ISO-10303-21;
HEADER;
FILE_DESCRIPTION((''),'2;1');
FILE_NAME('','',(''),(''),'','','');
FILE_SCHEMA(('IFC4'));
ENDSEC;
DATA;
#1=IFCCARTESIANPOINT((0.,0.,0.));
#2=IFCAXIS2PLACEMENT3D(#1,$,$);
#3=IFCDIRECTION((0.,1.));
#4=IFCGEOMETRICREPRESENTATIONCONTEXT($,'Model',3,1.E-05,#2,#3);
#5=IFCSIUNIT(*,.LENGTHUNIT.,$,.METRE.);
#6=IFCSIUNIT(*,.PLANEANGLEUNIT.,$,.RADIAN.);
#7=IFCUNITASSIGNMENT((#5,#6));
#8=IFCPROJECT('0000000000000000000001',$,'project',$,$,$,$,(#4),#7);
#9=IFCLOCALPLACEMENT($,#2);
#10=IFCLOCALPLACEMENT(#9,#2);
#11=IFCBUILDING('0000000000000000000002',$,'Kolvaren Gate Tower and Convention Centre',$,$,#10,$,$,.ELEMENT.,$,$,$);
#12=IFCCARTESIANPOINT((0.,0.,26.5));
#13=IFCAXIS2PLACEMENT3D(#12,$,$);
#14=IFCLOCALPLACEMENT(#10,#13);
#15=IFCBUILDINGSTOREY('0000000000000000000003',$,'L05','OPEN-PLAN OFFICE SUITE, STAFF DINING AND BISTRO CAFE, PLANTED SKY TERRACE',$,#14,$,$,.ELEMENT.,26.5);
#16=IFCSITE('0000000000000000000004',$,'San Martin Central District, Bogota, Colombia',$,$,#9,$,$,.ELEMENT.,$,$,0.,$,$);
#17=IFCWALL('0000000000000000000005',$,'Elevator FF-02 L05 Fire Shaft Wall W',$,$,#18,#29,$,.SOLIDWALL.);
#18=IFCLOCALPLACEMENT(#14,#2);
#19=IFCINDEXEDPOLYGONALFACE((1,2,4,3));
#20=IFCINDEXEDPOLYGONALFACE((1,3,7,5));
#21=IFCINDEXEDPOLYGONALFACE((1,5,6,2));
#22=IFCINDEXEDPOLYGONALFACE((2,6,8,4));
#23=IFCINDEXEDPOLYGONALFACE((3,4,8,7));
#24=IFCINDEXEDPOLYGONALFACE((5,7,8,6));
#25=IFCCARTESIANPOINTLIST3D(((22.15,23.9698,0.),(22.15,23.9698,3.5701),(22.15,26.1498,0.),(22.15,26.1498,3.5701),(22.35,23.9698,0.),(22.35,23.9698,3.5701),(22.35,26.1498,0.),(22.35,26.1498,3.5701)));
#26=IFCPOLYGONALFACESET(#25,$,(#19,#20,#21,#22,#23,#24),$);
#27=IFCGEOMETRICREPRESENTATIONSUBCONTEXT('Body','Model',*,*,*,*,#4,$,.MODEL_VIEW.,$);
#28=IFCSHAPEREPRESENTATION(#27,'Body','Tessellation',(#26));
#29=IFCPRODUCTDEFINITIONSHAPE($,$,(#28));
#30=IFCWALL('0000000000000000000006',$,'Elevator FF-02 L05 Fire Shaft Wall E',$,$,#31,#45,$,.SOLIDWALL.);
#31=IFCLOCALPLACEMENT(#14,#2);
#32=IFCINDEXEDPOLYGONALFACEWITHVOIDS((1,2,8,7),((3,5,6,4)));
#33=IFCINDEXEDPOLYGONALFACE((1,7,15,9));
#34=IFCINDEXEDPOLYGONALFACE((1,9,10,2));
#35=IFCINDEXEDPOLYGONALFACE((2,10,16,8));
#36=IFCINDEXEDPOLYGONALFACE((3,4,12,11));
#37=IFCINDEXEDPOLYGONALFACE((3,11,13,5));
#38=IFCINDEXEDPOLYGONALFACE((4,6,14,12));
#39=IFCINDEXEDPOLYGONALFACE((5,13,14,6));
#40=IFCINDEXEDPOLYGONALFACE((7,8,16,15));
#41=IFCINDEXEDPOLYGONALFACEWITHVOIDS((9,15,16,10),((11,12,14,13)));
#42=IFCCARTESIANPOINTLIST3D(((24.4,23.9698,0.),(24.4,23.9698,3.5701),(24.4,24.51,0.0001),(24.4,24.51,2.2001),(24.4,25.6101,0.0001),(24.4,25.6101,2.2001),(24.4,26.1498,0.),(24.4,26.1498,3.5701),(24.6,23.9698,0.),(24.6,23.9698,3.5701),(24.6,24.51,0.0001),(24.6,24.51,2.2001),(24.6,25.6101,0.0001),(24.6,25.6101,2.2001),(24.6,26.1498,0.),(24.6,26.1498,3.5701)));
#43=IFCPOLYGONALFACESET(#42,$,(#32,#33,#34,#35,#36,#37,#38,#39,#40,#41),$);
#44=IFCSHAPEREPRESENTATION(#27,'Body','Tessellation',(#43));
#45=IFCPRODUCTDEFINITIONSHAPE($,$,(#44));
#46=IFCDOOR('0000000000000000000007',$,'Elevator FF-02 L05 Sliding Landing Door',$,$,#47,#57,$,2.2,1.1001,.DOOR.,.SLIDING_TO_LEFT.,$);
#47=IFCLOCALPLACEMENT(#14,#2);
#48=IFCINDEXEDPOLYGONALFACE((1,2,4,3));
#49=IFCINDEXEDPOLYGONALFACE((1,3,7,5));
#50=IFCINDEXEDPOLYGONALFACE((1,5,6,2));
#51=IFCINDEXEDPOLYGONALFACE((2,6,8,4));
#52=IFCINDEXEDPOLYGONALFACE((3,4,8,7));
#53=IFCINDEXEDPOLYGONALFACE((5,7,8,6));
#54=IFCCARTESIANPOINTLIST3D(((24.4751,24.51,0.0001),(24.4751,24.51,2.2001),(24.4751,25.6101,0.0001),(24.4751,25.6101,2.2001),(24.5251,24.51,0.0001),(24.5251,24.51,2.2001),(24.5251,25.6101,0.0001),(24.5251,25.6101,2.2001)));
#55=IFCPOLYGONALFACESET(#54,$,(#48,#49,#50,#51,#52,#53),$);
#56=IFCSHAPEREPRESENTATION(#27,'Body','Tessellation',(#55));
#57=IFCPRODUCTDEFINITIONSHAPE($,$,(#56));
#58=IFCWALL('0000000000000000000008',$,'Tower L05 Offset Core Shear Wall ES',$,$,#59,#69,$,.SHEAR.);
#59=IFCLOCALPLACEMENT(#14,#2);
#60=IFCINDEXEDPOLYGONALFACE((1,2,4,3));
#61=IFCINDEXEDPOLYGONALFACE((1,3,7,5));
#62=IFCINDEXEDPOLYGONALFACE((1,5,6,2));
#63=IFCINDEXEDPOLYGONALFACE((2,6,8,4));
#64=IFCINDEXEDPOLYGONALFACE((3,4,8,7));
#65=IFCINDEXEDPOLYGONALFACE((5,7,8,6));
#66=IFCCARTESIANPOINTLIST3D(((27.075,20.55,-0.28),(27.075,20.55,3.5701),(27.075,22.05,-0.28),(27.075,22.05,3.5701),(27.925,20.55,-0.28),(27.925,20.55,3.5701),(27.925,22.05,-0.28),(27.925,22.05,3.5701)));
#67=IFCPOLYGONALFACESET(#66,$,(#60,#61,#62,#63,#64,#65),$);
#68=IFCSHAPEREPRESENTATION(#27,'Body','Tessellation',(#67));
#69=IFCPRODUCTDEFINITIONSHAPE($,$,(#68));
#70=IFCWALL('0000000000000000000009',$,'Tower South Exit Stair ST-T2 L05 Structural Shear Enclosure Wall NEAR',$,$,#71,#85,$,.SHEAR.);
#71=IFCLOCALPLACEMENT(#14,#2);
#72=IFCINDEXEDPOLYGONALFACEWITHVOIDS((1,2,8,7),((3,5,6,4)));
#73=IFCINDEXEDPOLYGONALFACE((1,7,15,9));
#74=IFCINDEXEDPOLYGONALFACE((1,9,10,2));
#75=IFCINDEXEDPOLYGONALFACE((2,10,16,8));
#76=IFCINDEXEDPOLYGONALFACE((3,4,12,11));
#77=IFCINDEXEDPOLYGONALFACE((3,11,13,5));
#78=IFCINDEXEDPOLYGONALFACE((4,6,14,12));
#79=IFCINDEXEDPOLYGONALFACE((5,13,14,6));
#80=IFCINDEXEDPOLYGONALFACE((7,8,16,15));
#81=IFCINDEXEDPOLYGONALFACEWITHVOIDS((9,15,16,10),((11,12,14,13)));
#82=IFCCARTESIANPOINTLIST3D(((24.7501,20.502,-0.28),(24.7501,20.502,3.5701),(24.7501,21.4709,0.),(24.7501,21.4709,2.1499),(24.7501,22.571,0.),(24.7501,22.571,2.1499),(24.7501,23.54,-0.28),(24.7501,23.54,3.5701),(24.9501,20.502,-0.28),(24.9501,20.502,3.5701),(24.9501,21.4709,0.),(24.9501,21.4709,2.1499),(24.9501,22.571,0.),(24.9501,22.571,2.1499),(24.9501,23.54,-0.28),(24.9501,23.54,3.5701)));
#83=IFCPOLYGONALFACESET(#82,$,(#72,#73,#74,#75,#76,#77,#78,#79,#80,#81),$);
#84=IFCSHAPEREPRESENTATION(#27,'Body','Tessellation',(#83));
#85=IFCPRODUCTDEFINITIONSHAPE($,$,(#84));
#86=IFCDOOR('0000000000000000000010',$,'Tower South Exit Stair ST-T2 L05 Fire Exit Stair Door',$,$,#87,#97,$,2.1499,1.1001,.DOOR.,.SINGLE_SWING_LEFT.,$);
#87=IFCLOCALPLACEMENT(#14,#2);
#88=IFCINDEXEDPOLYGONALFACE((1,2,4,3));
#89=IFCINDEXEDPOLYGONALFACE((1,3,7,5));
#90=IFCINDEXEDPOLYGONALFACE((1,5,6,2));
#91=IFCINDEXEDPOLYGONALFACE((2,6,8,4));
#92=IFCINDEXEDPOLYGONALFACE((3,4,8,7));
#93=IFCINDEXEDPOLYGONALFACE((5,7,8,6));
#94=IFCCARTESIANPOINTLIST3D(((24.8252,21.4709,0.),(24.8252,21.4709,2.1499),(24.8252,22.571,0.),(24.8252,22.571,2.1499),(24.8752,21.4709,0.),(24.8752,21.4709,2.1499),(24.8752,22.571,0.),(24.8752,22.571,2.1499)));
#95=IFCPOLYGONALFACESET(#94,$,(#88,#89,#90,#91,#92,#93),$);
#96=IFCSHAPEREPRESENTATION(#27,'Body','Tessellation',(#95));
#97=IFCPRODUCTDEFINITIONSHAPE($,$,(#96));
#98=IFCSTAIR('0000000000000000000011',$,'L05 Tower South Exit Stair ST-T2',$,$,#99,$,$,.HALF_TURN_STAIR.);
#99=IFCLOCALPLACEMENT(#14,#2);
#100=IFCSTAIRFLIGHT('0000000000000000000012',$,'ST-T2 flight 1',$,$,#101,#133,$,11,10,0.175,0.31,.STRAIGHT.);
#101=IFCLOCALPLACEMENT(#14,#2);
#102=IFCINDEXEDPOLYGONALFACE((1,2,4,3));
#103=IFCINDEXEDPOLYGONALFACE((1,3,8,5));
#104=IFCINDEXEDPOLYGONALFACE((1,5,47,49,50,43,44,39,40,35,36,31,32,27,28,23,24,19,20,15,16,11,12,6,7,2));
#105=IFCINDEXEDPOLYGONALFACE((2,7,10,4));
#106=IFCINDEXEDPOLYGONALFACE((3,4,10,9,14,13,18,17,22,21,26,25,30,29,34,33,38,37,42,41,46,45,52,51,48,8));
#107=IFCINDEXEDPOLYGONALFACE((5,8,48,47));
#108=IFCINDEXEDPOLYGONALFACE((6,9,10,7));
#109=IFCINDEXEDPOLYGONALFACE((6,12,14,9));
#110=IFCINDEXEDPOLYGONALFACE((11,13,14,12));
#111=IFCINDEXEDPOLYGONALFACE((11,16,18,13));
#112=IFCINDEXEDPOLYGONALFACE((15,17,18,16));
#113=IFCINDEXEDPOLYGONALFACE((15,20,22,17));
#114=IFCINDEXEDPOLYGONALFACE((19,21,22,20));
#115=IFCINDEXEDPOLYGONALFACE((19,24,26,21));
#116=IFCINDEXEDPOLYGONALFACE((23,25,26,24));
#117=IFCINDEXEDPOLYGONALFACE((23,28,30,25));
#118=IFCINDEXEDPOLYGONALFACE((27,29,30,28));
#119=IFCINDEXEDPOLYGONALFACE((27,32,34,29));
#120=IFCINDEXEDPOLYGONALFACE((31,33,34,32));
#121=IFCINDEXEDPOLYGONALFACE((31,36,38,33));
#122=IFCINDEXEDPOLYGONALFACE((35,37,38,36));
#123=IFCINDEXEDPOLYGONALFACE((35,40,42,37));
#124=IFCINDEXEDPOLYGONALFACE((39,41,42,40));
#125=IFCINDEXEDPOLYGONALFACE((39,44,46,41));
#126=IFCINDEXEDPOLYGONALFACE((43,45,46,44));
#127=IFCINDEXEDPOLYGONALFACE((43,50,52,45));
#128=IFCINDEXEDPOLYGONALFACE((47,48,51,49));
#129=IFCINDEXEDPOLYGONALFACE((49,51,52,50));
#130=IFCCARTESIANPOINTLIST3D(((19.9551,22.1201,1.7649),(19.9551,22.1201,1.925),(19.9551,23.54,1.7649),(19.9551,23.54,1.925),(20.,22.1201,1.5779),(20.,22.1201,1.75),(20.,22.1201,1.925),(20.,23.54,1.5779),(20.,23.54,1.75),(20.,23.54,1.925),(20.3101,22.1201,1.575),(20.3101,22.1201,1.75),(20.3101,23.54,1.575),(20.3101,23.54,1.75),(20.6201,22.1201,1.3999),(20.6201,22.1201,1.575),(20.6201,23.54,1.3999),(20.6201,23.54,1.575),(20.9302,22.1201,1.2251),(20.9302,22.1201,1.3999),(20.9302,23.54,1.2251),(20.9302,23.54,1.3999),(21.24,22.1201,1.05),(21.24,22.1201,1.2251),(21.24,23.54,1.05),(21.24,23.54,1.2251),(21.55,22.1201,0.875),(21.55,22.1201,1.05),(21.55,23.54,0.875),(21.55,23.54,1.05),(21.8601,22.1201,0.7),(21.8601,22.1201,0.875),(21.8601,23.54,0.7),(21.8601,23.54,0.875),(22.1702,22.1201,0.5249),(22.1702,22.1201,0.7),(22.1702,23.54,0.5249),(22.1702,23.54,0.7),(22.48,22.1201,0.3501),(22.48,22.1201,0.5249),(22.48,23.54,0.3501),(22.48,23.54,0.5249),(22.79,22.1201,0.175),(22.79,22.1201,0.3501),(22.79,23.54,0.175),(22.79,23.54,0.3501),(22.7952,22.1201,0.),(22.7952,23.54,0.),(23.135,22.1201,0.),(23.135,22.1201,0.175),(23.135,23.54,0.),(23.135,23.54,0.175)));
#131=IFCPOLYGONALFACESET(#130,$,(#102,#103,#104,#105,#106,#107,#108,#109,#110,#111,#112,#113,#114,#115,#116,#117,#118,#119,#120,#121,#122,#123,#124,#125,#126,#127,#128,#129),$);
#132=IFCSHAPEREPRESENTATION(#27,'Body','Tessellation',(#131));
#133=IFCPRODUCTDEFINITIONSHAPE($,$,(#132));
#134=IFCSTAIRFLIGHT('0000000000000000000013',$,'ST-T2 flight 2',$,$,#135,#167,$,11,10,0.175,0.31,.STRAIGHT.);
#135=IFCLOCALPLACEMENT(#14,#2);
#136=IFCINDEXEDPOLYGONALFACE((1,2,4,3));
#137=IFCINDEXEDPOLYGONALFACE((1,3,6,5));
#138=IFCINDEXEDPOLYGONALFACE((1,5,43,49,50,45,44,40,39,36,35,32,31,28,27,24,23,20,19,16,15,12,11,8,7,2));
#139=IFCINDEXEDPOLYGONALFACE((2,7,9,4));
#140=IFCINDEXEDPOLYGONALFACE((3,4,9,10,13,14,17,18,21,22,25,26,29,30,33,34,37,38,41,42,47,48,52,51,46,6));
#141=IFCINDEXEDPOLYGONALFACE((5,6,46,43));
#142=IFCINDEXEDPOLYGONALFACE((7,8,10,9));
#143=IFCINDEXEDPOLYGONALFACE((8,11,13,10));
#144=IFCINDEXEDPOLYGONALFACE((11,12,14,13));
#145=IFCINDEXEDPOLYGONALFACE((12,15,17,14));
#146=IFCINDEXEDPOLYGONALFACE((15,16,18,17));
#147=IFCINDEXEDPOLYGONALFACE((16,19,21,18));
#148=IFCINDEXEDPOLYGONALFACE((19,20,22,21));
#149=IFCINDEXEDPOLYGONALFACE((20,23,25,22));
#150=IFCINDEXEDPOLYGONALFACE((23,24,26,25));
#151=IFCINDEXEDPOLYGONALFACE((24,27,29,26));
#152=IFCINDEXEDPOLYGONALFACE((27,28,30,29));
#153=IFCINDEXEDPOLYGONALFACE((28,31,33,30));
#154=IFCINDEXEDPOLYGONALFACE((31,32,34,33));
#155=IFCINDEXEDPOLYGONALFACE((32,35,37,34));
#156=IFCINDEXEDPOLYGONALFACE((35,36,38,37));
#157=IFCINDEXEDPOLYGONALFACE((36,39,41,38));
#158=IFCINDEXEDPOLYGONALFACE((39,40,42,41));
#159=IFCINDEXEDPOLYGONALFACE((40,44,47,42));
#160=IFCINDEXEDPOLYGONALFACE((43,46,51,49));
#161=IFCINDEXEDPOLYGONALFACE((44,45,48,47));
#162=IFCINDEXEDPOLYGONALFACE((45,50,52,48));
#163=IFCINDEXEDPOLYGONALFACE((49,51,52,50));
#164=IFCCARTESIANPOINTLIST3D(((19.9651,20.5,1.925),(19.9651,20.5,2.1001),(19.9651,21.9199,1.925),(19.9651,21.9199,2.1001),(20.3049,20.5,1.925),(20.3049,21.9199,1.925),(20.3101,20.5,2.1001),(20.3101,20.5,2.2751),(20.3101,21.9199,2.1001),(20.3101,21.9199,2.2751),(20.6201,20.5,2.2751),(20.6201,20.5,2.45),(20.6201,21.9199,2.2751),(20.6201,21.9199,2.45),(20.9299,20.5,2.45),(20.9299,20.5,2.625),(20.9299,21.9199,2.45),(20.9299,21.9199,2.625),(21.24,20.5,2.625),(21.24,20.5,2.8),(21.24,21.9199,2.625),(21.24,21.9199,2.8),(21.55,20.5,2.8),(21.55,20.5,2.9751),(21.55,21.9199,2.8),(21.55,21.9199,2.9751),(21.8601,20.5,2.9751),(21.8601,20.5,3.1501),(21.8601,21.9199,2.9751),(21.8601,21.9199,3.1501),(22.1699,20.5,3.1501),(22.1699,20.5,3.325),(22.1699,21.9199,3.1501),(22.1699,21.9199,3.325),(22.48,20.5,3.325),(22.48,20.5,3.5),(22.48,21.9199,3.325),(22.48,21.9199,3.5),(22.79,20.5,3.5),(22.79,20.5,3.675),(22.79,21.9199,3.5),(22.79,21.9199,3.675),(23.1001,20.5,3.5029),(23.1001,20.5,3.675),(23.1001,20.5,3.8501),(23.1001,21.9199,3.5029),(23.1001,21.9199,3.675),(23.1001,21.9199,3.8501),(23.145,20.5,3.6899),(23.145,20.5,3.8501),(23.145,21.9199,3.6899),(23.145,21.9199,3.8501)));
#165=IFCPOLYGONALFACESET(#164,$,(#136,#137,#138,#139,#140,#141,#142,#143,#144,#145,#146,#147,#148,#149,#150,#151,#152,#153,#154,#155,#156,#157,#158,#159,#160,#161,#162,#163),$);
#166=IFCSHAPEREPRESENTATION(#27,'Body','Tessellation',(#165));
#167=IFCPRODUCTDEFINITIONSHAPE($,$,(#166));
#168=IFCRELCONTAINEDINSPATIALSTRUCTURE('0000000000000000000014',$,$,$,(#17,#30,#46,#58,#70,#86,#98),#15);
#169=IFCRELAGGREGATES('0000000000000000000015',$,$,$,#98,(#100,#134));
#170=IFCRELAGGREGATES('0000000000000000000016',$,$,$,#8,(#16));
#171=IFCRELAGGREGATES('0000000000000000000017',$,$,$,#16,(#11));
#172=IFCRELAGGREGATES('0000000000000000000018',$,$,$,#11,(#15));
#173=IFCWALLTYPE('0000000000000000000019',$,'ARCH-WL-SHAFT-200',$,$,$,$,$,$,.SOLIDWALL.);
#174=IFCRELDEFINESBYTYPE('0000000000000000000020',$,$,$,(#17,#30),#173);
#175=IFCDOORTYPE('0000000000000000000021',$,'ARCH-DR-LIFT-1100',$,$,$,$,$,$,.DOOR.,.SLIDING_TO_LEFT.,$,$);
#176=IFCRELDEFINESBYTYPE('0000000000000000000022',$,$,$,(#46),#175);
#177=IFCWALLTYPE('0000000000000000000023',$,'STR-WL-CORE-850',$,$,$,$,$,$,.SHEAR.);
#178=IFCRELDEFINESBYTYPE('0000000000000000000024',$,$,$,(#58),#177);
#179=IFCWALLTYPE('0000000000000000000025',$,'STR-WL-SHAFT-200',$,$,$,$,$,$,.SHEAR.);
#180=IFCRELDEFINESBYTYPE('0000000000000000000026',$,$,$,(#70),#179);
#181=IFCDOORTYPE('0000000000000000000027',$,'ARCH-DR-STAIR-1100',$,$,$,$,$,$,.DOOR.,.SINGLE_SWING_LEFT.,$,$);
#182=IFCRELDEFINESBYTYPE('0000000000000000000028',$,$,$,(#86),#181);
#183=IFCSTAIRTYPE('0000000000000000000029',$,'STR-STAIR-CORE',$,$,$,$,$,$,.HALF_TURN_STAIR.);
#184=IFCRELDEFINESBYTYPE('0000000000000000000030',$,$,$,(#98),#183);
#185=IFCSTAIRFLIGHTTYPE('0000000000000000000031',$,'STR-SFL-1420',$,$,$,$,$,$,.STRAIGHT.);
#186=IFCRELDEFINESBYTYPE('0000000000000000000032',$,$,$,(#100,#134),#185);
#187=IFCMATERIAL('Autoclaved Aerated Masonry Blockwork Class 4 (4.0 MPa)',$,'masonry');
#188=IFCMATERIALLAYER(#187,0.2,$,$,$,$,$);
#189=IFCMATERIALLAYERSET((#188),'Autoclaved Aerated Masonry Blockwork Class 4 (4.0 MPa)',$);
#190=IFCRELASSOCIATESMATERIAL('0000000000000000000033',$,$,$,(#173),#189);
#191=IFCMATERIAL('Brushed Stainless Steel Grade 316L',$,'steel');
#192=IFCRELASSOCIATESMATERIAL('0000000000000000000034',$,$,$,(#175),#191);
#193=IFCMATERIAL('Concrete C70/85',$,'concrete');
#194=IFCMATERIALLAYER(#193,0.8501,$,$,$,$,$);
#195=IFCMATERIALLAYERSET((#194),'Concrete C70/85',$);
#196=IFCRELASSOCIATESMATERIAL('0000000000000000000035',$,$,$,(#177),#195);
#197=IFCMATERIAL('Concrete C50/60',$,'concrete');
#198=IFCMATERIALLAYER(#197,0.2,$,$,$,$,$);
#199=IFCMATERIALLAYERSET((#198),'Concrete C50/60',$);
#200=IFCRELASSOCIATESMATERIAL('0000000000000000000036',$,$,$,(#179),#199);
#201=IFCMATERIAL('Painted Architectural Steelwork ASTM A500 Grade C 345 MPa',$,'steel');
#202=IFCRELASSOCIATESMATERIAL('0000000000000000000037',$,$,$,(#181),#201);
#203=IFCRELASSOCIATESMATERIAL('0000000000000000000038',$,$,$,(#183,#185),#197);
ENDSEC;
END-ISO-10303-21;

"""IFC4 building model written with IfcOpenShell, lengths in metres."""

from ifc_helpers import new_model, si_unit, direction, frame, frame_2d, origin, place, context, subcontext, project, spatial, polyline, rectangle, outline, extrude, material, layer, layer_set, type_object, element, fill, aggregate, save


model = new_model("IFC4")

# Units and contexts
model_context = context("Model", 3, precision=1e-05, world=origin(), true_north=direction((0.0, 1.0)))
body_context = subcontext(model_context, "Body", "Model", "MODEL_VIEW")
ifc_project = project(units=[si_unit("LENGTHUNIT", "METRE"), si_unit("PLANEANGLEUNIT", "RADIAN")], contexts=[model_context])

# Site, building, storey
site_placement = place(None, origin())
site = spatial("IfcSite", under=ifc_project, at=site_placement, Name="San Martin Central District, Bogota, Colombia", CompositionType="ELEMENT", RefElevation=0.0)
building_placement = place(site_placement, origin())
building = spatial("IfcBuilding", under=site, at=building_placement, Name="Kolvaren Gate Tower and Convention Centre", CompositionType="ELEMENT")
storey_placement = place(building_placement, frame((0.0, 0.0, 26.5)))
storey = spatial("IfcBuildingStorey", under=building, at=storey_placement, Name="L05", Description="OPEN-PLAN OFFICE SUITE, STAFF DINING AND BISTRO CAFE, PLANTED SKY TERRACE", CompositionType="ELEMENT", Elevation=26.5)

# Shared definitions
ifc_material_1 = material(Name="Autoclaved Aerated Masonry Blockwork Class 4 (4.0 MPa)", Category="masonry")

# Shared definitions
ifc_material_2 = material(Name="Painted Architectural Steelwork ASTM A500 Grade C 345 MPa", Category="steel")

# Wall
ifc_layer_1 = layer(ifc_material_1, 0.2)
ifc_layer_set_1 = layer_set([ifc_layer_1], Name="Autoclaved Aerated Masonry Blockwork Class 4 (4.0 MPa)")
wall_type_1 = type_object("IfcWallType", Name="ARCH-WL-SHAFT-200", PredefinedType="SOLIDWALL", material=ifc_layer_set_1)
wall_1_placement = place(storey_placement, frame((22.25, 23.97, 0.0), z_axis=(0.0, 0.0, 1.0), x_axis=(0.0, 1.0, 0.0)))
element("IfcWall", 1, at=wall_1_placement, inside=storey, type_object=wall_type_1, Name="Elevator FF-02 L05 Fire Shaft Wall W", PredefinedType="SOLIDWALL", context=body_context, shape_type="SweptSolid", body=[
    extrude(rectangle(XDim=2.1799, YDim=0.2, at=frame_2d((1.0898, 0.0))), origin(), (0.0, 0.0, 1.0), 3.5701),
])

# Wall, opening, door
wall_2_placement = place(storey_placement, frame((24.5, 23.97, 0.0), z_axis=(0.0, 0.0, 1.0), x_axis=(0.0, 1.0, 0.0)))
wall_2 = element("IfcWall", 2, at=wall_2_placement, inside=storey, type_object=wall_type_1, Name="Elevator FF-02 L05 Fire Shaft Wall E", PredefinedType="SOLIDWALL", context=body_context, shape_type="SweptSolid", body=[
    extrude(rectangle(XDim=2.1799, YDim=0.2, at=frame_2d((1.0898, 0.0))), origin(), (0.0, 0.0, 1.0), 3.5701),
])
opening_1_placement = place(wall_2_placement, frame((0.54, 0.0, 0.0)))
opening_1 = element("IfcOpeningElement", 3, at=opening_1_placement, cuts=wall_2, PredefinedType="OPENING", context=body_context, shape_type="SweptSolid", body=[
    extrude(rectangle(XDim=1.1001, YDim=2.2, at=frame_2d((0.55, 1.1001))), frame((0.0, 0.1099, 0.0), z_axis=(0.0, -1.0, 0.0), x_axis=(1.0, 0.0, 0.0)), (0.0, 0.0, 1.0), 0.22),
])
ifc_material_3 = material(Name="Brushed Stainless Steel Grade 316L", Category="steel")
door_type_1 = type_object("IfcDoorType", Name="ARCH-DR-LIFT-1100", OperationType="SLIDING_TO_LEFT", PredefinedType="DOOR", material=ifc_material_3)
door_1_placement = place(opening_1_placement, origin())
door_1 = element("IfcDoor", 4, at=door_1_placement, inside=storey, type_object=door_type_1, Name="Elevator FF-02 L05 Sliding Landing Door", OperationType="SLIDING_TO_LEFT", OverallHeight=2.2, OverallWidth=1.1001, PredefinedType="DOOR", context=body_context, shape_type="SweptSolid", body=[
    extrude(rectangle(XDim=1.1001, YDim=2.2, at=frame_2d((0.55, 1.1001))), frame((0.0, 0.0249, 0.0), z_axis=(0.0, -1.0, 0.0), x_axis=(1.0, 0.0, 0.0)), (0.0, 0.0, 1.0), 0.05),
])
fill(opening_1, door_1)

# Wall
ifc_material_4 = material(Name="Concrete C70/85", Category="concrete")
ifc_layer_2 = layer(ifc_material_4, 0.8501)
ifc_layer_set_2 = layer_set([ifc_layer_2], Name="Concrete C70/85")
wall_type_2 = type_object("IfcWallType", Name="STR-WL-CORE-850", PredefinedType="SHEAR", material=ifc_layer_set_2)
wall_3_placement = place(storey_placement, frame((27.5, 20.55, -0.28), z_axis=(0.0, 0.0, 1.0), x_axis=(0.0, 1.0, 0.0)))
element("IfcWall", 5, at=wall_3_placement, inside=storey, type_object=wall_type_2, Name="Tower L05 Offset Core Shear Wall ES", PredefinedType="SHEAR", context=body_context, shape_type="SweptSolid", body=[
    extrude(rectangle(XDim=1.5, YDim=0.8501, at=frame_2d((0.75, 0.0))), origin(), (0.0, 0.0, 1.0), 3.8501),
])

# Wall, opening, door
ifc_material_5 = material(Name="Concrete C50/60", Category="concrete")
ifc_layer_3 = layer(ifc_material_5, 0.2)
ifc_layer_set_3 = layer_set([ifc_layer_3], Name="Concrete C50/60")
wall_type_3 = type_object("IfcWallType", Name="STR-WL-SHAFT-200", PredefinedType="SHEAR", material=ifc_layer_set_3)
wall_4_placement = place(storey_placement, frame((24.8501, 20.502, -0.28), z_axis=(0.0, 0.0, 1.0), x_axis=(0.0, 1.0, 0.0)))
wall_4 = element("IfcWall", 6, at=wall_4_placement, inside=storey, type_object=wall_type_3, Name="Tower South Exit Stair ST-T2 L05 Structural Shear Enclosure Wall NEAR", PredefinedType="SHEAR", context=body_context, shape_type="SweptSolid", body=[
    extrude(rectangle(XDim=3.0381, YDim=0.2, at=frame_2d((1.519, 0.0))), origin(), (0.0, 0.0, 1.0), 3.8501),
])
opening_2_placement = place(wall_4_placement, frame((0.969, 0.0, 0.28)))
opening_2 = element("IfcOpeningElement", 7, at=opening_2_placement, cuts=wall_4, PredefinedType="OPENING", context=body_context, shape_type="SweptSolid", body=[
    extrude(rectangle(XDim=1.1001, YDim=2.1499, at=frame_2d((0.55, 1.075))), frame((0.0, 0.1099, 0.0), z_axis=(0.0, -1.0, 0.0), x_axis=(1.0, 0.0, 0.0)), (0.0, 0.0, 1.0), 0.22),
])
door_type_2 = type_object("IfcDoorType", Name="ARCH-DR-STAIR-1100", OperationType="SINGLE_SWING_LEFT", PredefinedType="DOOR", material=ifc_material_2)
door_2_placement = place(opening_2_placement, origin())
door_2 = element("IfcDoor", 8, at=door_2_placement, inside=storey, type_object=door_type_2, Name="Tower South Exit Stair ST-T2 L05 Fire Exit Stair Door", OperationType="SINGLE_SWING_LEFT", OverallHeight=2.1499, OverallWidth=1.1001, PredefinedType="DOOR", context=body_context, shape_type="SweptSolid", body=[
    extrude(rectangle(XDim=1.1001, YDim=2.1499, at=frame_2d((0.55, 1.075))), frame((0.0, 0.0249, 0.0), z_axis=(0.0, -1.0, 0.0), x_axis=(1.0, 0.0, 0.0)), (0.0, 0.0, 1.0), 0.05),
])
fill(opening_2, door_2)

# Stair, stair flights
stair_type = type_object("IfcStairType", Name="STR-STAIR-CORE", PredefinedType="HALF_TURN_STAIR", material=ifc_material_5)
stair_placement = place(storey_placement, origin())
stair = element("IfcStair", 9, at=stair_placement, inside=storey, type_object=stair_type, Name="L05 Tower South Exit Stair ST-T2", PredefinedType="HALF_TURN_STAIR")
stair_flight_type = type_object("IfcStairFlightType", Name="STR-SFL-1420", PredefinedType="STRAIGHT", material=ifc_material_5)
stair_flight_1_placement = place(storey_placement, frame((23.1001, 22.8301, 0.0), z_axis=(0.0, 0.0, 1.0), x_axis=(-1.0, 0.0, 0.0)))
stair_flight_1 = element("IfcStairFlight", 10, at=stair_flight_1_placement, type_object=stair_flight_type, Name="ST-T2 flight 1", NumberOfRisers=11, NumberOfTreads=10, PredefinedType="STRAIGHT", RiserHeight=0.175, TreadLength=0.31, context=body_context, shape_type="SweptSolid", body=[
    extrude(outline(polyline([(-0.0349, 0.0), (-0.0349, 0.175), (0.3101, 0.175), (0.3101, 0.3501), (0.6201, 0.3501), (0.6201, 0.5249), (0.9299, 0.5249), (0.9299, 0.7), (1.24, 0.7), (1.24, 0.875), (1.55, 0.875), (1.55, 1.05), (1.8601, 1.05), (1.8601, 1.2251), (2.1699, 1.2251), (2.1699, 1.3999), (2.48, 1.3999), (2.48, 1.575), (2.79, 1.575), (2.79, 1.75), (3.1001, 1.75), (3.1001, 1.925), (3.145, 1.925), (3.145, 1.7649), (3.1001, 1.5779), (0.3049, 0.0), (-0.0349, 0.0)])), frame((0.0, 0.71, 0.0), z_axis=(0.0, -1.0, 0.0), x_axis=(1.0, 0.0, 0.0)), (0.0, 0.0, 1.0), 1.4199),
])
stair_flight_2_placement = place(storey_placement, frame((20.0, 21.21, 1.925), z_axis=(0.0, 0.0, 1.0), x_axis=(1.0, 0.0, 0.0)))
stair_flight_2 = element("IfcStairFlight", 11, at=stair_flight_2_placement, type_object=stair_flight_type, Name="ST-T2 flight 2", NumberOfRisers=11, NumberOfTreads=10, PredefinedType="STRAIGHT", RiserHeight=0.175, TreadLength=0.31, context=body_context, shape_type="SweptSolid", body=[
    extrude(outline(polyline([(-0.0349, 0.0), (-0.0349, 0.175), (0.3101, 0.175), (0.3101, 0.3501), (0.6201, 0.3501), (0.6201, 0.5249), (0.9299, 0.5249), (0.9299, 0.7), (1.24, 0.7), (1.24, 0.875), (1.55, 0.875), (1.55, 1.05), (1.8601, 1.05), (1.8601, 1.2251), (2.1699, 1.2251), (2.1699, 1.3999), (2.48, 1.3999), (2.48, 1.575), (2.79, 1.575), (2.79, 1.75), (3.1001, 1.75), (3.1001, 1.925), (3.145, 1.925), (3.145, 1.7649), (3.1001, 1.5779), (0.3049, 0.0), (-0.0349, 0.0)])), frame((0.0, 0.71, 0.0), z_axis=(0.0, -1.0, 0.0), x_axis=(1.0, 0.0, 0.0)), (0.0, 0.0, 1.0), 1.4199),
])
aggregate(stair, [stair_flight_1, stair_flight_2])

save(model, "model.ifc")
